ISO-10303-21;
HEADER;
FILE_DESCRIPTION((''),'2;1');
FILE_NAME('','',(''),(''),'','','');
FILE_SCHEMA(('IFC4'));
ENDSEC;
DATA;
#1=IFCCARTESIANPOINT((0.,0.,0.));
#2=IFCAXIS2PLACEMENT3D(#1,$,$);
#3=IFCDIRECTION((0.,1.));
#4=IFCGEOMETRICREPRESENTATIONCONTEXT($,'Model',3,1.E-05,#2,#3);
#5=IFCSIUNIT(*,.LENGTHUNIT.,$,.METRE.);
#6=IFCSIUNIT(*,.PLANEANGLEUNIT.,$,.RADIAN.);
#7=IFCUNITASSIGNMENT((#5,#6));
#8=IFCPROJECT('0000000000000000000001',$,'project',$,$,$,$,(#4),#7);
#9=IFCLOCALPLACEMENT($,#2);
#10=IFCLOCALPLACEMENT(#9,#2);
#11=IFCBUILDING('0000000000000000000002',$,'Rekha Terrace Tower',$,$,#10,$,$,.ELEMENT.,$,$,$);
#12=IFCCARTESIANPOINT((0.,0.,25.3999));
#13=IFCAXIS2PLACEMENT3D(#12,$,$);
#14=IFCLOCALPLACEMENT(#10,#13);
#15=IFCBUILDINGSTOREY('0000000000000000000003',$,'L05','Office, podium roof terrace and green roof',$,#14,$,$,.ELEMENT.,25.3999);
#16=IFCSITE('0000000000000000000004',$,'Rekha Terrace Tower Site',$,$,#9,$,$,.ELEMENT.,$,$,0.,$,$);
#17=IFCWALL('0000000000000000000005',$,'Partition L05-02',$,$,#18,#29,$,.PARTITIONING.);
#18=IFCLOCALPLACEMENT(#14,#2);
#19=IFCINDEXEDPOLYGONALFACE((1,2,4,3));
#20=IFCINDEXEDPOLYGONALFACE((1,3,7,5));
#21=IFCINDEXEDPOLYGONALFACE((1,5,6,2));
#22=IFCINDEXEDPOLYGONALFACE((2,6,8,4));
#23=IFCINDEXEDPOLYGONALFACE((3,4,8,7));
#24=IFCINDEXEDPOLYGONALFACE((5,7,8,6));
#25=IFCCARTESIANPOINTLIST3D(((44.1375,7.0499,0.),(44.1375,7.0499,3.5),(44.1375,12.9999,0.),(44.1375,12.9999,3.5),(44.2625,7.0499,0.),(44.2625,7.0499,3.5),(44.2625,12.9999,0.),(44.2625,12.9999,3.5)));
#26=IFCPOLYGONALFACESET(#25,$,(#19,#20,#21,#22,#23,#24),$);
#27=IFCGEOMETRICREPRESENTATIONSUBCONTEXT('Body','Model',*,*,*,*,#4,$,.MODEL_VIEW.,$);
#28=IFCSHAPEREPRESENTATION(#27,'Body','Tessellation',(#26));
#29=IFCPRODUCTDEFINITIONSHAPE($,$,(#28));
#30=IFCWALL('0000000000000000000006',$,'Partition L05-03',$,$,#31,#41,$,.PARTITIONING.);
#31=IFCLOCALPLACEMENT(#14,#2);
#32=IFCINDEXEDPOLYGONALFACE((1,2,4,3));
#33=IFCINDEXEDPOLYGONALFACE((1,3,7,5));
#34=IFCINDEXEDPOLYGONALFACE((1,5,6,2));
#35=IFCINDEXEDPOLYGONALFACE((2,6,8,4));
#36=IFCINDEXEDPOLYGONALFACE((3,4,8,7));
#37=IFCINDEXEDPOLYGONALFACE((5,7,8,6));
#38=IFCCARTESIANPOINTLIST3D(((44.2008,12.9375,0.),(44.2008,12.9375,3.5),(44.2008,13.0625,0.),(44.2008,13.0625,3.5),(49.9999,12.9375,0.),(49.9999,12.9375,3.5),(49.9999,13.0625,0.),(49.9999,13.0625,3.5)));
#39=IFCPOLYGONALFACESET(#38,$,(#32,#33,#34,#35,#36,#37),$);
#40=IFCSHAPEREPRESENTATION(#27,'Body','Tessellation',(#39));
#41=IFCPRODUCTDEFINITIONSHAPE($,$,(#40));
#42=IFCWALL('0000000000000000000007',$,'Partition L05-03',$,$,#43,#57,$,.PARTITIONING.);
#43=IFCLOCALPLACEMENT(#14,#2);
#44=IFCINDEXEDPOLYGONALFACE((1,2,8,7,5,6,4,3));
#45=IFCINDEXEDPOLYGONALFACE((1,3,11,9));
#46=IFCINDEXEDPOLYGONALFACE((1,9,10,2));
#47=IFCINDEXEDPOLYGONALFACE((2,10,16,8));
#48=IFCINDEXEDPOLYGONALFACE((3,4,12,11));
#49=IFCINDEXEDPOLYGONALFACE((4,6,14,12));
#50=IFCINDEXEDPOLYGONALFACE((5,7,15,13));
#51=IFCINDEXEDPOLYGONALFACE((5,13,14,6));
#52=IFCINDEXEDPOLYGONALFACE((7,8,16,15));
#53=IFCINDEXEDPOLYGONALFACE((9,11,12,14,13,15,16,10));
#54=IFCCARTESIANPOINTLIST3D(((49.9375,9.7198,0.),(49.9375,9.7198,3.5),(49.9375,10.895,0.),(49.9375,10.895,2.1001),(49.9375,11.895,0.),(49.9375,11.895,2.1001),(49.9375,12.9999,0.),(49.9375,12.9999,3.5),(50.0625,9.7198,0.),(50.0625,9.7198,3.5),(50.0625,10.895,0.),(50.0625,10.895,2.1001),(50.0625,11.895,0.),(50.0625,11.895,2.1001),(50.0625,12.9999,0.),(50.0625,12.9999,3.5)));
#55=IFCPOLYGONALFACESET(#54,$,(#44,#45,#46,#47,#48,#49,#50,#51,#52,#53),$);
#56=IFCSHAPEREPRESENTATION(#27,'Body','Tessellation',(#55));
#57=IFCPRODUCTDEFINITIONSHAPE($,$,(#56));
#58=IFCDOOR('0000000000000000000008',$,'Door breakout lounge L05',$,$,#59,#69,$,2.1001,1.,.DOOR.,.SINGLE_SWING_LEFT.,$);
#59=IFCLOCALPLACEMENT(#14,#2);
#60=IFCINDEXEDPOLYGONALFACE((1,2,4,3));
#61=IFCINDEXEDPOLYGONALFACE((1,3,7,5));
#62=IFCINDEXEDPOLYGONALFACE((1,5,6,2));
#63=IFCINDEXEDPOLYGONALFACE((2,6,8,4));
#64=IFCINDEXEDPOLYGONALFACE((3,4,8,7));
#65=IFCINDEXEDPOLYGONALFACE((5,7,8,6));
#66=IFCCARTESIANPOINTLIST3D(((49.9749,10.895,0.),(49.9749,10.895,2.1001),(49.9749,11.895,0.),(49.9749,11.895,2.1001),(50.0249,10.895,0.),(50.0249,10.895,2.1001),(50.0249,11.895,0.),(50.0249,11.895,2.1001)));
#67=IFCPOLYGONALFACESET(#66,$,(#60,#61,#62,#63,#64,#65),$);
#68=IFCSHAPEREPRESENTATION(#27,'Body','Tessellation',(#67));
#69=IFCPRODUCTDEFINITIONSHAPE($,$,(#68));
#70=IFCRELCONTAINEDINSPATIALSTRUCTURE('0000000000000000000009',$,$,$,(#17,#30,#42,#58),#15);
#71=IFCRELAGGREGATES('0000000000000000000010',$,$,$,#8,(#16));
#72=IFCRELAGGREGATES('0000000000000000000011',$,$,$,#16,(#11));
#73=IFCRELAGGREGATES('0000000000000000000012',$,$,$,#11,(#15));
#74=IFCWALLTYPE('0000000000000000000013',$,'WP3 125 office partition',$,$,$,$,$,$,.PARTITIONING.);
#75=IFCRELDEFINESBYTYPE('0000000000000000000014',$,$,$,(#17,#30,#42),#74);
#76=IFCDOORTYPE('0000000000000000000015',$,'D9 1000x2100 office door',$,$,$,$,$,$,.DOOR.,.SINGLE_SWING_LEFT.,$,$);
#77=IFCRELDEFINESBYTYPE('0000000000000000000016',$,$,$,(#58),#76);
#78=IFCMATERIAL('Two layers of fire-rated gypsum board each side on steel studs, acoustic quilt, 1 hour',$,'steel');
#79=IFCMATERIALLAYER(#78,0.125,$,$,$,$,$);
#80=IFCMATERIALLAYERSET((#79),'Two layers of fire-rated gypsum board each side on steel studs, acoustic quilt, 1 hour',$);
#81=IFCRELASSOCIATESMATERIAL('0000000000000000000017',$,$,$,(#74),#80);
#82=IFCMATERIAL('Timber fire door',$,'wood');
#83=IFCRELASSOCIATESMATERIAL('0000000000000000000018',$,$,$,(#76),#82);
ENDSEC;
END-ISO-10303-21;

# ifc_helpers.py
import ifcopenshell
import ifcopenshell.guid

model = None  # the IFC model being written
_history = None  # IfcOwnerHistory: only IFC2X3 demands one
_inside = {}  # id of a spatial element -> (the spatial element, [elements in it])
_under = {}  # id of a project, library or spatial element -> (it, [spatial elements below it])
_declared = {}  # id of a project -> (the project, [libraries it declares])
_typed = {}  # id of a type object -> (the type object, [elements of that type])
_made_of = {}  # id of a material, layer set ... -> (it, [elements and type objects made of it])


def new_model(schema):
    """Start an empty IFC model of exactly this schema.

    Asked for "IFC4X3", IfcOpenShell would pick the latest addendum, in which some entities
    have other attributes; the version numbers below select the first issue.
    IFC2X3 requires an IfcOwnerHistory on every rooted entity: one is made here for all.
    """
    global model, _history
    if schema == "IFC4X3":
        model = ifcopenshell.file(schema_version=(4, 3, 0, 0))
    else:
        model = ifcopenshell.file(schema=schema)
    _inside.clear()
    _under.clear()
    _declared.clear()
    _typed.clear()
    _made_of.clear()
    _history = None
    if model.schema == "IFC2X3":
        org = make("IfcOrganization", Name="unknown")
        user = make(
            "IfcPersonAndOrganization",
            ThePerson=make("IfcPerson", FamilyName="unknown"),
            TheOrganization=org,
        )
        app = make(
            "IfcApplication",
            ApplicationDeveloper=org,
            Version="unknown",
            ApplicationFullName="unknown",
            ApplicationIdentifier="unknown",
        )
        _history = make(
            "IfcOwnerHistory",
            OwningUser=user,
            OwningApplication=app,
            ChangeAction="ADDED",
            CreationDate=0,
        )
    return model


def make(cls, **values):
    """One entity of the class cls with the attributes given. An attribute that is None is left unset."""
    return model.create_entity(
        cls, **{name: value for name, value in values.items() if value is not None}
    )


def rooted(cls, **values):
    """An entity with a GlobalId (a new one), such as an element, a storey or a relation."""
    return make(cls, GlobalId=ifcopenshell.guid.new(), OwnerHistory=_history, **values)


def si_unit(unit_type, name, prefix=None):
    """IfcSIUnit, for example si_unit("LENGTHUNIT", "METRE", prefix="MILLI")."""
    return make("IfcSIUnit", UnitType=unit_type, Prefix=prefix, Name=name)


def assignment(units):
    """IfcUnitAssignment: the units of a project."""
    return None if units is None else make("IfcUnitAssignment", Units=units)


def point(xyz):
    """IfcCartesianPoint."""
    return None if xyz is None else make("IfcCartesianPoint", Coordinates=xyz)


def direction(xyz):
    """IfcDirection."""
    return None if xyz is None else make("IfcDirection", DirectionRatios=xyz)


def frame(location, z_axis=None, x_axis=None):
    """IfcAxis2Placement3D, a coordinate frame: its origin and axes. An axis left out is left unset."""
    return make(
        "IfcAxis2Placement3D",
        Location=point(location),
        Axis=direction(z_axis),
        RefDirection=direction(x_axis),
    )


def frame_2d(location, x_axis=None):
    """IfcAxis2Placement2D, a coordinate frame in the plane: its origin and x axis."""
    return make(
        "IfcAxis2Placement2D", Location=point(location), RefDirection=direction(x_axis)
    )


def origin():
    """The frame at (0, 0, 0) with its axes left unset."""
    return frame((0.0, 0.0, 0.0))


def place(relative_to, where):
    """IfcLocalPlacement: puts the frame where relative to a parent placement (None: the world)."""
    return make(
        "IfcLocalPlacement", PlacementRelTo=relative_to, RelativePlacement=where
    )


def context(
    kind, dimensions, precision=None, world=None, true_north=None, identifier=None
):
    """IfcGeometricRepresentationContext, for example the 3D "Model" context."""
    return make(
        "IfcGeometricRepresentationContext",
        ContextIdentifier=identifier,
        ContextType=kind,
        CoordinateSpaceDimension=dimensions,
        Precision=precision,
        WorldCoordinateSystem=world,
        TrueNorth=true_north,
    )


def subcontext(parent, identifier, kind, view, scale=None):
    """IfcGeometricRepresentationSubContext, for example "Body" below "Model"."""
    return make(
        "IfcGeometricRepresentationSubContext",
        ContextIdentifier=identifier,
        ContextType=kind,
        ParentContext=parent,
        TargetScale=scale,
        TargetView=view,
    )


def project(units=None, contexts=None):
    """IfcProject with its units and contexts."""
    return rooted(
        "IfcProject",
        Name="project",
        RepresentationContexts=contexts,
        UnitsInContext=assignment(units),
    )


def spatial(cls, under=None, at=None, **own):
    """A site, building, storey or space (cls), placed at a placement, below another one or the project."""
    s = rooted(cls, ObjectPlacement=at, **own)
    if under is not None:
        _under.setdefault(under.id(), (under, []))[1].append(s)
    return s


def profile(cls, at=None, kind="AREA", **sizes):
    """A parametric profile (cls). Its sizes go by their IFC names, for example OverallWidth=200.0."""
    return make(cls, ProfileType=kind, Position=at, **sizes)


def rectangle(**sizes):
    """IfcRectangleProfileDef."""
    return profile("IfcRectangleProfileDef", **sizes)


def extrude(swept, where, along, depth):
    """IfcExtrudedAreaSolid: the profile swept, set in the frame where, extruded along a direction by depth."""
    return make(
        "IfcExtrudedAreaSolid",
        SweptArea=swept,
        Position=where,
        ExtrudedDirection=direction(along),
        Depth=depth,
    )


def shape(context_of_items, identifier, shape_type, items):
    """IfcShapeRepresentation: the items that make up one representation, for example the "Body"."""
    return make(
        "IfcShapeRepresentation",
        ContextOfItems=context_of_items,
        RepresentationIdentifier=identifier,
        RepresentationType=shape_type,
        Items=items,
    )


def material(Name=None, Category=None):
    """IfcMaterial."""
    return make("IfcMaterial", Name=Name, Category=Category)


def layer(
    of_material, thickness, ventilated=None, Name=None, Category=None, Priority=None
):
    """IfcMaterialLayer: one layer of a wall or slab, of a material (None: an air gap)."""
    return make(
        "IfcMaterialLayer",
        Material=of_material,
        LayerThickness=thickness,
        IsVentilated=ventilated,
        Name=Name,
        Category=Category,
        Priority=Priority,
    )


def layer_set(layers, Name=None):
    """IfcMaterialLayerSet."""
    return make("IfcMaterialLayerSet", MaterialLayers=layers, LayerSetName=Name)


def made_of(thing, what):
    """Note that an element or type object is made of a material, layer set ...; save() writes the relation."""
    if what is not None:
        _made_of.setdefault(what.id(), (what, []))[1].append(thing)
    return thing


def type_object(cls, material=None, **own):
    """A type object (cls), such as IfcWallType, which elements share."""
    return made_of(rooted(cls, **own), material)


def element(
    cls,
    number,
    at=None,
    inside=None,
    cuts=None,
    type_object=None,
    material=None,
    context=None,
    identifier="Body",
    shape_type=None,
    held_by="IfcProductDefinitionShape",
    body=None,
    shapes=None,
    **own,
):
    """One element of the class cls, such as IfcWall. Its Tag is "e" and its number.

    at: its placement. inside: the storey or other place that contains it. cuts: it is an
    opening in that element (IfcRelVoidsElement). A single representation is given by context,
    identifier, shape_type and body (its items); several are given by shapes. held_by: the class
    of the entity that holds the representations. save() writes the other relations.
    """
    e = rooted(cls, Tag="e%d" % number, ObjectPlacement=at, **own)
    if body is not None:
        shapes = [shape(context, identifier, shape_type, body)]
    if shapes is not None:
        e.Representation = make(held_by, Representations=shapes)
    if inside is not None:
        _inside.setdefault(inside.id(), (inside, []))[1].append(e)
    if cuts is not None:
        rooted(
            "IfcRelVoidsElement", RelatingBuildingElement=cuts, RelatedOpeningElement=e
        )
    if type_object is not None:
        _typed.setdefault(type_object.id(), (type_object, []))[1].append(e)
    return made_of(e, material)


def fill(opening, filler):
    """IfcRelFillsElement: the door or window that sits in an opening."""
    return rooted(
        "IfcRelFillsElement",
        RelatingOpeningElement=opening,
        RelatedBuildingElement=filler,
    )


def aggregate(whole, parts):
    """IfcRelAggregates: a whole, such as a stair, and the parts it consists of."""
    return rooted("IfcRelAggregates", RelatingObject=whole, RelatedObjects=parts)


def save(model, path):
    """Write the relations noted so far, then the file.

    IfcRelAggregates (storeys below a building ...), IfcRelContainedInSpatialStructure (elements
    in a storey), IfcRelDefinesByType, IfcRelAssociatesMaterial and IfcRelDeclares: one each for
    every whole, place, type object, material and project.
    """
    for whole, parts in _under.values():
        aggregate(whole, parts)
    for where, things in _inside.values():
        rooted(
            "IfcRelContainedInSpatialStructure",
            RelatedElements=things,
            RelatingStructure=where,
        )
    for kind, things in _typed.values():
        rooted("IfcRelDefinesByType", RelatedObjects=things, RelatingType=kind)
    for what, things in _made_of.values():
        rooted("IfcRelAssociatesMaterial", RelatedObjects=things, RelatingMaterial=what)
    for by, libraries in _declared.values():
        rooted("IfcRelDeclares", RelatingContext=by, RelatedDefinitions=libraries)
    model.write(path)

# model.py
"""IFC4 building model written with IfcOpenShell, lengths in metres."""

from ifc_helpers import new_model, si_unit, direction, frame, frame_2d, origin, place, context, subcontext, project, spatial, rectangle, extrude, material, layer, layer_set, type_object, element, fill, save


model = new_model("IFC4")

# Units and contexts
model_context = context("Model", 3, precision=1e-05, world=origin(), true_north=direction((0.0, 1.0)))
body_context = subcontext(model_context, "Body", "Model", "MODEL_VIEW")
ifc_project = project(units=[si_unit("LENGTHUNIT", "METRE"), si_unit("PLANEANGLEUNIT", "RADIAN")], contexts=[model_context])

# Site, building, storey
site_placement = place(None, origin())
site = spatial("IfcSite", under=ifc_project, at=site_placement, Name="Rekha Terrace Tower Site", CompositionType="ELEMENT", RefElevation=0.0)
building_placement = place(site_placement, origin())
building = spatial("IfcBuilding", under=site, at=building_placement, Name="Rekha Terrace Tower", CompositionType="ELEMENT")
storey_placement = place(building_placement, frame((0.0, 0.0, 25.3999)))
storey = spatial("IfcBuildingStorey", under=building, at=storey_placement, Name="L05", Description="Office, podium roof terrace and green roof", CompositionType="ELEMENT", Elevation=25.3999)

# Walls
ifc_material_1 = material(Name="Two layers of fire-rated gypsum board each side on steel studs, acoustic quilt, 1 hour", Category="steel")
ifc_layer_1 = layer(ifc_material_1, 0.125)
ifc_layer_set_1 = layer_set([ifc_layer_1], Name="Two layers of fire-rated gypsum board each side on steel studs, acoustic quilt, 1 hour")
wall_type_1 = type_object("IfcWallType", Name="WP3 125 office partition", PredefinedType="PARTITIONING", material=ifc_layer_set_1)
wall_1_placement = place(storey_placement, frame((44.2, 13.0, 0.0), z_axis=(0.0, 0.0, 1.0), x_axis=(0.0, -1.0, 0.0)))
element("IfcWall", 1, at=wall_1_placement, inside=storey, type_object=wall_type_1, Name="Partition L05-02", PredefinedType="PARTITIONING", context=body_context, shape_type="SweptSolid", body=[
    extrude(rectangle(XDim=5.95, YDim=0.125, at=frame_2d((2.9751, 0.0))), origin(), (0.0, 0.0, 1.0), 3.5),
])
wall_2_placement = place(storey_placement, frame((44.2009, 13.0, 0.0), z_axis=(0.0, 0.0, 1.0), x_axis=(1.0, 0.0, 0.0)))
element("IfcWall", 2, at=wall_2_placement, inside=storey, type_object=wall_type_1, Name="Partition L05-03", PredefinedType="PARTITIONING", context=body_context, shape_type="SweptSolid", body=[
    extrude(rectangle(XDim=5.7991, YDim=0.125, at=frame_2d((2.8994, 0.0))), origin(), (0.0, 0.0, 1.0), 3.5),
])

# Wall, opening, door
wall_3_placement = place(storey_placement, frame((50.0, 13.0, 0.0), z_axis=(0.0, 0.0, 1.0), x_axis=(0.0, -1.0, 0.0)))
wall_3 = element("IfcWall", 3, at=wall_3_placement, inside=storey, type_object=wall_type_1, Name="Partition L05-03", PredefinedType="PARTITIONING", context=body_context, shape_type="SweptSolid", body=[
    extrude(rectangle(XDim=3.28, YDim=0.125, at=frame_2d((1.6401, 0.0))), origin(), (0.0, 0.0, 1.0), 3.5),
])
opening_1_placement = place(wall_3_placement, frame((1.105, 0.0, 0.0)))
opening_1 = element("IfcOpeningElement", 4, at=opening_1_placement, cuts=wall_3, PredefinedType="OPENING", context=body_context, shape_type="SweptSolid", body=[
    extrude(rectangle(XDim=1.0, YDim=2.1001, at=frame_2d((0.5, 1.05))), frame((0.0, 0.0725, 0.0), z_axis=(0.0, -1.0, 0.0), x_axis=(1.0, 0.0, 0.0)), (0.0, 0.0, 1.0), 0.145),
])
ifc_material_2 = material(Name="Timber fire door", Category="wood")
door_type_1 = type_object("IfcDoorType", Name="D9 1000x2100 office door", OperationType="SINGLE_SWING_LEFT", PredefinedType="DOOR", material=ifc_material_2)
door_1_placement = place(opening_1_placement, origin())
door_1 = element("IfcDoor", 5, at=door_1_placement, inside=storey, type_object=door_type_1, Name="Door breakout lounge L05", OperationType="SINGLE_SWING_LEFT", OverallHeight=2.1001, OverallWidth=1.0, PredefinedType="DOOR", context=body_context, shape_type="SweptSolid", body=[
    extrude(rectangle(XDim=1.0, YDim=2.1001, at=frame_2d((0.5, 1.05))), frame((0.0, 0.0249, 0.0), z_axis=(0.0, -1.0, 0.0), x_axis=(1.0, 0.0, 0.0)), (0.0, 0.0, 1.0), 0.05),
])
fill(opening_1, door_1)

save(model, "model.ifc")
